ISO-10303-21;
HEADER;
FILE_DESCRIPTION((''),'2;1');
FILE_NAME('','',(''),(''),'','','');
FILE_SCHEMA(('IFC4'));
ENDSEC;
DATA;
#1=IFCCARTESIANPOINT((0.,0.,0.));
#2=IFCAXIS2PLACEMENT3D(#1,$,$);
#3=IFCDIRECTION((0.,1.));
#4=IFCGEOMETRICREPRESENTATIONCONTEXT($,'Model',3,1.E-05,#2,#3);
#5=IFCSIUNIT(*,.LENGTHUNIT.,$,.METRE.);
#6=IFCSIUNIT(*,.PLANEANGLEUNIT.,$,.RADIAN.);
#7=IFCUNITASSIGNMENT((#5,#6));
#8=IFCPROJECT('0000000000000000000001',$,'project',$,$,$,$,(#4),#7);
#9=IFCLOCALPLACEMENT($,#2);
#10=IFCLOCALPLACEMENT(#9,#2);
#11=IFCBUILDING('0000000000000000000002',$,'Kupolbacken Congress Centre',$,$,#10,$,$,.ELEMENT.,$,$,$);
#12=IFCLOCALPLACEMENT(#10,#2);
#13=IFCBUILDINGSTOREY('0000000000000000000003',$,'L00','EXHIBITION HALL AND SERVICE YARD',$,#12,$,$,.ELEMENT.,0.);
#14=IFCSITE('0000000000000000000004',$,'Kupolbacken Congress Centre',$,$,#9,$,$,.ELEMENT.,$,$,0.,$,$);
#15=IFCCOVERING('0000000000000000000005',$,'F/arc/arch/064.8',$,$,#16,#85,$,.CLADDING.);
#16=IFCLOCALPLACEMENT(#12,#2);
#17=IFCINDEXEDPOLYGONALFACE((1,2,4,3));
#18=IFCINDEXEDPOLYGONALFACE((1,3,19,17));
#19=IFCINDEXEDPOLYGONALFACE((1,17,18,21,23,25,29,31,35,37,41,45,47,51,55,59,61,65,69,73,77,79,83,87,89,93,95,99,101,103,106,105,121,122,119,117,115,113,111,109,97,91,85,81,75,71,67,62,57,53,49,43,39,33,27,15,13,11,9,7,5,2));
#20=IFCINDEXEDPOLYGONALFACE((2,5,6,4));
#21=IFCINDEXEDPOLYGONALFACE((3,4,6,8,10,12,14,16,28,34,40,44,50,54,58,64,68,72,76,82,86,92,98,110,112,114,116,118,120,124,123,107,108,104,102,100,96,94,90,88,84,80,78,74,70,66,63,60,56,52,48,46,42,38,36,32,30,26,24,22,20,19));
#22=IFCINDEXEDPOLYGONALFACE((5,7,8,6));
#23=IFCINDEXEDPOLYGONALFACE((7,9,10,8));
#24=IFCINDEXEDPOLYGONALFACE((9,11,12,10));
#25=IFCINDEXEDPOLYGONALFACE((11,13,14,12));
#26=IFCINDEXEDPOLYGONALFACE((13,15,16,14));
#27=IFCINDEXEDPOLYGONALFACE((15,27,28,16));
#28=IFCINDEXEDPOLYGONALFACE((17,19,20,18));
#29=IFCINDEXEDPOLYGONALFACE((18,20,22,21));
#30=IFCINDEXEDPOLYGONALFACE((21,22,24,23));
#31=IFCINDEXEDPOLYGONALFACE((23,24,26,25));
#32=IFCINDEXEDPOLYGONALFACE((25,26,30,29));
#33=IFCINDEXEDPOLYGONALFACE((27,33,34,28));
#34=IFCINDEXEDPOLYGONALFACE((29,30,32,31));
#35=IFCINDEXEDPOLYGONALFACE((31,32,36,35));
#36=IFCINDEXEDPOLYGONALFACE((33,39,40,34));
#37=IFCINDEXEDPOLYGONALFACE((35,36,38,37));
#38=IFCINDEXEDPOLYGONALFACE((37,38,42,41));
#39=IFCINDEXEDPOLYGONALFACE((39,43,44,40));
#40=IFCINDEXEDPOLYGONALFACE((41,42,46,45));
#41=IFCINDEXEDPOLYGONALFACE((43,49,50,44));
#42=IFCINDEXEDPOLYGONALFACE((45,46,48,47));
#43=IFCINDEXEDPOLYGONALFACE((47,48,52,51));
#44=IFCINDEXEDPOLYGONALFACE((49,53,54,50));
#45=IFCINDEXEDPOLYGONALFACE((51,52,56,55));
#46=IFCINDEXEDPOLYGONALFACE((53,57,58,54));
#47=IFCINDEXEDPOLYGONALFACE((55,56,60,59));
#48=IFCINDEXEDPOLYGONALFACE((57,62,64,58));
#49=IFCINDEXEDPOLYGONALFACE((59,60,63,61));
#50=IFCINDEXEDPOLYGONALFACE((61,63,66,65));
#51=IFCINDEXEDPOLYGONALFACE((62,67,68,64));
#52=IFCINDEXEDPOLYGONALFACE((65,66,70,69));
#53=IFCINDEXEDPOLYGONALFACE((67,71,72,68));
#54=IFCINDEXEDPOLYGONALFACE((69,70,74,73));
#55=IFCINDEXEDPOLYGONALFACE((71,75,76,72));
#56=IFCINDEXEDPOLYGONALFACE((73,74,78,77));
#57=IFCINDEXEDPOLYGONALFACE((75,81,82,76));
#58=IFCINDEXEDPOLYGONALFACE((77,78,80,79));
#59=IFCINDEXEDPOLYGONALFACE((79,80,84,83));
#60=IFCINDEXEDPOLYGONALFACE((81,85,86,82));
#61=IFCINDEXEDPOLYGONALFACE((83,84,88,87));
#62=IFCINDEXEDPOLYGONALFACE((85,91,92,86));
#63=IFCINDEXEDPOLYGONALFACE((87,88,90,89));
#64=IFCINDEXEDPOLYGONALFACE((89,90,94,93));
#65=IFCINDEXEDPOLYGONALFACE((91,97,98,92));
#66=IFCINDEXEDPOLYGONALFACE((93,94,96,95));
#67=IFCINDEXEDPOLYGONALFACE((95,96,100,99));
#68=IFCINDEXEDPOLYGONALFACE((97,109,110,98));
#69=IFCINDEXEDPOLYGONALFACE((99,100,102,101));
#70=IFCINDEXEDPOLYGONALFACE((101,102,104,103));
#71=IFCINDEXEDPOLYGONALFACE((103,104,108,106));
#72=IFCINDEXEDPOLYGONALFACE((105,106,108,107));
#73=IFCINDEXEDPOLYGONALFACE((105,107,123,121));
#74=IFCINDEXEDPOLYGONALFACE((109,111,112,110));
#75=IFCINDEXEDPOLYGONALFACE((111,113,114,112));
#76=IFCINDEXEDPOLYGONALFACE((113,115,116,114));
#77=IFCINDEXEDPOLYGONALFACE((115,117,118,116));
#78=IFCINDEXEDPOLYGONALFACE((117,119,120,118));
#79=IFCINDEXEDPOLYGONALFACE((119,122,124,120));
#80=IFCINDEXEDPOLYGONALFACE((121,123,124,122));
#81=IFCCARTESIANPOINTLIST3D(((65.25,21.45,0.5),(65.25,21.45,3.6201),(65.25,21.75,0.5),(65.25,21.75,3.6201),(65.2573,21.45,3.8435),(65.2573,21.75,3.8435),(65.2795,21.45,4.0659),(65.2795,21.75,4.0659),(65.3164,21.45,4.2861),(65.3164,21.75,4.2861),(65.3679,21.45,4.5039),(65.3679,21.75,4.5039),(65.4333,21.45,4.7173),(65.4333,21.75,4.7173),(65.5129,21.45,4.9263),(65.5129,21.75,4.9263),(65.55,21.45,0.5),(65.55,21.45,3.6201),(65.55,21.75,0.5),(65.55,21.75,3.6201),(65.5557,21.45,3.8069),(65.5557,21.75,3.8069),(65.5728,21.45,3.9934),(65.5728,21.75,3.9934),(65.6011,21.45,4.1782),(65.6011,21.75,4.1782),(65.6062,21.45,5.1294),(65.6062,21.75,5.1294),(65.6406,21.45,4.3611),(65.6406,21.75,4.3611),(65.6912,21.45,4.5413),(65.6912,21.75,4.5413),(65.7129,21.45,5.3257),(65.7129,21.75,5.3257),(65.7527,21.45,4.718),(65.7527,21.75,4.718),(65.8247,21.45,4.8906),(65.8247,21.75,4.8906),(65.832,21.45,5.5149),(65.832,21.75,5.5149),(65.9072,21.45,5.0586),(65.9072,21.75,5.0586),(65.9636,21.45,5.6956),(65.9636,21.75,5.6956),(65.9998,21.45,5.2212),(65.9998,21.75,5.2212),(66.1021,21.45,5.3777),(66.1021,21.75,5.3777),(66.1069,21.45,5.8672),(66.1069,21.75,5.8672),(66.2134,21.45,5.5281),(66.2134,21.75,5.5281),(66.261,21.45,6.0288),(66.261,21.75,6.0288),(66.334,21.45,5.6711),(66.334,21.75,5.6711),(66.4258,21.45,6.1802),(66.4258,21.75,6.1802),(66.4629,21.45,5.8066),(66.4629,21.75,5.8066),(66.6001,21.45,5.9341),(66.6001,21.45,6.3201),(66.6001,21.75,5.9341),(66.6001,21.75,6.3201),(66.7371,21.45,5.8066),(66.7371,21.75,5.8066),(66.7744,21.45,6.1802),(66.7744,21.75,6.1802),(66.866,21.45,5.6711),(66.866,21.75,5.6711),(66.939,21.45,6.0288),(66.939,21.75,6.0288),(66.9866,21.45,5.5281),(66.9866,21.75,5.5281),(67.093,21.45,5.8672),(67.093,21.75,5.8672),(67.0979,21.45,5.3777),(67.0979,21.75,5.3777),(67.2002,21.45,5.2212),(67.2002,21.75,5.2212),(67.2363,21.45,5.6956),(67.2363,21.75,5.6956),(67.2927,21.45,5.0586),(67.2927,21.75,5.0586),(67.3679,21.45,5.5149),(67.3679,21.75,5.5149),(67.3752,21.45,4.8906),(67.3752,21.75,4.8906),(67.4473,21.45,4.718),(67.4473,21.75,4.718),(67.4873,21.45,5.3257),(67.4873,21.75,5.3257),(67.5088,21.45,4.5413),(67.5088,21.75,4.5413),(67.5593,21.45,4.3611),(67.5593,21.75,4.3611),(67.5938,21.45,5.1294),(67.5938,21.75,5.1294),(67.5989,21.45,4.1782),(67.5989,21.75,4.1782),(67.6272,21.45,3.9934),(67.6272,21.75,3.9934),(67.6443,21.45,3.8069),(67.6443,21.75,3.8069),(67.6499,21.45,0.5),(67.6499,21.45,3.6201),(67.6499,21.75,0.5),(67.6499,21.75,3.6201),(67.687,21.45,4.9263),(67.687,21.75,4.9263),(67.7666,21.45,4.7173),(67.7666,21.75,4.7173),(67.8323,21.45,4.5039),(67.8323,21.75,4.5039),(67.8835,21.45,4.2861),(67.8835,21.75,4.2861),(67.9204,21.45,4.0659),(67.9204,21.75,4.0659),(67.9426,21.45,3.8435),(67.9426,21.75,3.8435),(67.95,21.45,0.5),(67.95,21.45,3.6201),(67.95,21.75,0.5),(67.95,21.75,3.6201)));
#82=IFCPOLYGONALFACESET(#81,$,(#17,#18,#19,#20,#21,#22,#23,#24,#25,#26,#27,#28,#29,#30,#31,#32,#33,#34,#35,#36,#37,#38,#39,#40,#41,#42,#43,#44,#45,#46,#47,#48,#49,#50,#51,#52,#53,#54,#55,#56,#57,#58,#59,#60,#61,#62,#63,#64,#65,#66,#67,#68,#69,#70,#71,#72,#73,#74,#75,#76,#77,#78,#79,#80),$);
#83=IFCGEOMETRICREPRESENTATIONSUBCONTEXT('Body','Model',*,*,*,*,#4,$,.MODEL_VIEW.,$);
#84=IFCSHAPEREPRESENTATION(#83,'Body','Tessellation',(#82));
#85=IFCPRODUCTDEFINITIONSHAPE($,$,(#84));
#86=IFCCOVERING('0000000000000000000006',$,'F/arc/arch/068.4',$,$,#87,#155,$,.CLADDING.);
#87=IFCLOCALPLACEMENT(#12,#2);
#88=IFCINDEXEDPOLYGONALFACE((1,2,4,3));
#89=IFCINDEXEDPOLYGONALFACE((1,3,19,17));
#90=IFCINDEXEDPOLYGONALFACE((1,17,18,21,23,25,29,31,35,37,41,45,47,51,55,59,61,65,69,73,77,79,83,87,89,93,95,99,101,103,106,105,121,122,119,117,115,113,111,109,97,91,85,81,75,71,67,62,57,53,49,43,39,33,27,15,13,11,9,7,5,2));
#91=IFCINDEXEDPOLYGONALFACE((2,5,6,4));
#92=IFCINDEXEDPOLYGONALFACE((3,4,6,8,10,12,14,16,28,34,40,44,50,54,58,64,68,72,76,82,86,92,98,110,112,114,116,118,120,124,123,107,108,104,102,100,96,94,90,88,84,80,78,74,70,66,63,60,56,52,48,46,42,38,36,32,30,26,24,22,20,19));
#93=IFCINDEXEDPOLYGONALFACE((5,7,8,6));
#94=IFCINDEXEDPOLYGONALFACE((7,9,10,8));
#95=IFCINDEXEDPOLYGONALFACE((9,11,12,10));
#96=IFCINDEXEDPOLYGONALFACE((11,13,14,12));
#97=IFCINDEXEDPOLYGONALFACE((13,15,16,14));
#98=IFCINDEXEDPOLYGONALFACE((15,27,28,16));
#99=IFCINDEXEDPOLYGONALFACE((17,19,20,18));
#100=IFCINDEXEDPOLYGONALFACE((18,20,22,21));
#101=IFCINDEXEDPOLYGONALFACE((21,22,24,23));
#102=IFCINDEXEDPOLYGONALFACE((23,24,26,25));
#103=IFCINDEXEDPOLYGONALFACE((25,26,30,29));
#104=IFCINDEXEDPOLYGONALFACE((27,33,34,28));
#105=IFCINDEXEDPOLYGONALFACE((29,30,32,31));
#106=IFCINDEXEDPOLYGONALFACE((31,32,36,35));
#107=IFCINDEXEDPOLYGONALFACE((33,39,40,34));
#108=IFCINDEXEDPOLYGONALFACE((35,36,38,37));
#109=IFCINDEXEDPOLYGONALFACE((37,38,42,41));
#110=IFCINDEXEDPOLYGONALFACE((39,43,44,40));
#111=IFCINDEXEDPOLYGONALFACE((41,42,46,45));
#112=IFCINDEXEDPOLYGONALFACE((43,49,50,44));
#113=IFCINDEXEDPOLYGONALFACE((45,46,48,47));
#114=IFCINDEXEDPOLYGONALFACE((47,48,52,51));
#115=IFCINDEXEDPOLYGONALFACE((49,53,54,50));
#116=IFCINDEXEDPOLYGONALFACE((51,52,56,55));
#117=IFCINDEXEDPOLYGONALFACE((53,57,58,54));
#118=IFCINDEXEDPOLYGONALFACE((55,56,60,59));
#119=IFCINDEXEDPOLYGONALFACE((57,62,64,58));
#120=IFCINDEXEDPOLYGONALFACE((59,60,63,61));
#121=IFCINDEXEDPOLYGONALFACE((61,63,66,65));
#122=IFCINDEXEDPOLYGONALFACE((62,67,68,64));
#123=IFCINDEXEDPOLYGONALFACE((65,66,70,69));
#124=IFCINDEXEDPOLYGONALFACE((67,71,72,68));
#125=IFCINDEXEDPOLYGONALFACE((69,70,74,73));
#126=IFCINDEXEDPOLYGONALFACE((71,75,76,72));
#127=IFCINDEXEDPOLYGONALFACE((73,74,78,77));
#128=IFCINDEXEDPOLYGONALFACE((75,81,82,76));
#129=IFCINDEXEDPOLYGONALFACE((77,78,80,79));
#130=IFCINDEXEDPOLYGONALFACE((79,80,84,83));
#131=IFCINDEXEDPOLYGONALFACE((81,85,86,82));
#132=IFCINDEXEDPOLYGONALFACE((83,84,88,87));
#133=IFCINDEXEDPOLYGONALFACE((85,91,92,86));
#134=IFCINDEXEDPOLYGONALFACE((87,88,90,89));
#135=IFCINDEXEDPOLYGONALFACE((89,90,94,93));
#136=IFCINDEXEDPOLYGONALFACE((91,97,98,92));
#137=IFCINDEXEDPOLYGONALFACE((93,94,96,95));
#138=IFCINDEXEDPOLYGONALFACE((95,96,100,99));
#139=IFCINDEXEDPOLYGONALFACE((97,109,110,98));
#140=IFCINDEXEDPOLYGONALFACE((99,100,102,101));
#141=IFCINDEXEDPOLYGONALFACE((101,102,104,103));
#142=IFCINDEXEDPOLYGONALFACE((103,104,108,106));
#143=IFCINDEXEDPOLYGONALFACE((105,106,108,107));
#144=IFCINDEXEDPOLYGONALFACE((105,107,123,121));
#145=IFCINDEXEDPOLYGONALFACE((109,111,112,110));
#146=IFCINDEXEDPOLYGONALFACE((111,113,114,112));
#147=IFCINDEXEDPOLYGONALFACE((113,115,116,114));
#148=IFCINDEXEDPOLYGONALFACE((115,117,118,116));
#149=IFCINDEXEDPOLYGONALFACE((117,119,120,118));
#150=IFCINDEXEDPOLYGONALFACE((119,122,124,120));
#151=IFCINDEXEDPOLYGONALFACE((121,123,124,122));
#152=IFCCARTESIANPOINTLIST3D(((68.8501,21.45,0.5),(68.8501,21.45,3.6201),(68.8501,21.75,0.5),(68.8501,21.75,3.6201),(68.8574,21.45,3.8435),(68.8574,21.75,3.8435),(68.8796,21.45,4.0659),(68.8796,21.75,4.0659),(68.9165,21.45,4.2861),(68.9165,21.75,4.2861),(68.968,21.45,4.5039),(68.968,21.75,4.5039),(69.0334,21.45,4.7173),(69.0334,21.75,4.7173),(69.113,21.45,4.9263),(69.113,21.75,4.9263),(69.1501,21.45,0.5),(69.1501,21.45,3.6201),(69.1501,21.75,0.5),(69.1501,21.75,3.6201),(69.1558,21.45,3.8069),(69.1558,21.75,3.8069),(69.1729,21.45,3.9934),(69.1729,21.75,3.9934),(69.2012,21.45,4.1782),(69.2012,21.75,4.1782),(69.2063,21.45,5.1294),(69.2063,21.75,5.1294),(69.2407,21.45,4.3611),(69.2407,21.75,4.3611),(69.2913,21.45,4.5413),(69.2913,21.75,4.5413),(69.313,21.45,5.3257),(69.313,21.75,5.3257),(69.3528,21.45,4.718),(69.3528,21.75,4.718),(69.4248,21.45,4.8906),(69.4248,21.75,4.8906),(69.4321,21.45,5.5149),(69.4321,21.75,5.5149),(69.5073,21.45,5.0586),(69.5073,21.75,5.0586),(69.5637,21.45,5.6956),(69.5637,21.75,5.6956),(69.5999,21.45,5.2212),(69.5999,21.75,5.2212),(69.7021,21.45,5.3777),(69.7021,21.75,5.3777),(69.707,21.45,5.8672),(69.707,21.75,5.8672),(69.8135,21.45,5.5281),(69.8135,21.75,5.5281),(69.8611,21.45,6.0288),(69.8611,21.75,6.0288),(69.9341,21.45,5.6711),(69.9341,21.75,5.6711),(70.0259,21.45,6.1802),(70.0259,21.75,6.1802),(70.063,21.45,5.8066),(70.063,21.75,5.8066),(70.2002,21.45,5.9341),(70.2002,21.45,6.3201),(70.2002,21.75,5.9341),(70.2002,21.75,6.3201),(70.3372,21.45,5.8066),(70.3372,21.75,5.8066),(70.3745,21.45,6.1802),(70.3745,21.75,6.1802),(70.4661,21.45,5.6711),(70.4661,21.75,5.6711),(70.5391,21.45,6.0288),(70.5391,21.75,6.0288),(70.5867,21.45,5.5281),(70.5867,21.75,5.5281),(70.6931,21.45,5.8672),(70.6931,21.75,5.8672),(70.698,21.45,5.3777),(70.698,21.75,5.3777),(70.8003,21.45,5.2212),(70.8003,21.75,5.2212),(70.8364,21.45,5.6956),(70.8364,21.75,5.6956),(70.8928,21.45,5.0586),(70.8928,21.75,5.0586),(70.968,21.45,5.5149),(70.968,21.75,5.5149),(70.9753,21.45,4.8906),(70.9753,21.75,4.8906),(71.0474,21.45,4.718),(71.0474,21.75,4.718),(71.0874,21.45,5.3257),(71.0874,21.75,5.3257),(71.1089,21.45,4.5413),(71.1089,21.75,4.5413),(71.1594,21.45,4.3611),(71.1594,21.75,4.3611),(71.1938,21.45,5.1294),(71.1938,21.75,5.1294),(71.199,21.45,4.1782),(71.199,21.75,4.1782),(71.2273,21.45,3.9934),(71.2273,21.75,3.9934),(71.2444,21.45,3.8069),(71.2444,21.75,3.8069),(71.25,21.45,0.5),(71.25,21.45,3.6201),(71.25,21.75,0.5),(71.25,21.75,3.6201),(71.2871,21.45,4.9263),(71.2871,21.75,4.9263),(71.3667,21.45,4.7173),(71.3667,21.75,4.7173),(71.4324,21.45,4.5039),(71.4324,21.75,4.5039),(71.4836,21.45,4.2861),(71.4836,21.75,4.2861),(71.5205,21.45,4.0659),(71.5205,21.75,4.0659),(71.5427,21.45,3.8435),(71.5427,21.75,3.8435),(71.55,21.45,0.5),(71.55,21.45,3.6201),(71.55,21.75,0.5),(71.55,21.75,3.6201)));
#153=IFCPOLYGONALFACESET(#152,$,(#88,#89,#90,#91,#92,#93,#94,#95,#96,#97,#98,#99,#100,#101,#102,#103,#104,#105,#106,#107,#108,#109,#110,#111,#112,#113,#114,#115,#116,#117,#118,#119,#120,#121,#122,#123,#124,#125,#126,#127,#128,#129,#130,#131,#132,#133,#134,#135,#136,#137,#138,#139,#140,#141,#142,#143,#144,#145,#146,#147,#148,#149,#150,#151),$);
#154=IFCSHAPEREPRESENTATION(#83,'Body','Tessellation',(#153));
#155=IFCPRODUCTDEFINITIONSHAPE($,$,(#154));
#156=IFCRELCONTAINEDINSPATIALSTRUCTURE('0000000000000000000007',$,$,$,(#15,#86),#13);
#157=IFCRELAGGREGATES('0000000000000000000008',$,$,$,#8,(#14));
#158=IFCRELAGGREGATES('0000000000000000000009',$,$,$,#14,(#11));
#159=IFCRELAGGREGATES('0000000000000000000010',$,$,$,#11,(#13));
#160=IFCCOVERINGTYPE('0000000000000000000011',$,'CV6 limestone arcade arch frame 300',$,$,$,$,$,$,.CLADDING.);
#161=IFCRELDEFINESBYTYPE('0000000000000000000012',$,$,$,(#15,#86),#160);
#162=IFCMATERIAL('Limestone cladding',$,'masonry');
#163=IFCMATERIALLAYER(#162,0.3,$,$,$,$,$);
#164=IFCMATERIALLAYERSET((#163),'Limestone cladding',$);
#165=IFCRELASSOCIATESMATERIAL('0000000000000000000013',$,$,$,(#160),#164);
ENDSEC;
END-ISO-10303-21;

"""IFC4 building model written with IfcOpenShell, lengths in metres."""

from ifc_helpers import new_model, si_unit, direction, frame, origin, place, context, subcontext, project, spatial, polyline, outline, extrude, material, layer, layer_set, type_object, element, save


model = new_model("IFC4")

# Units and contexts
model_context = context("Model", 3, precision=1e-05, world=origin(), true_north=direction((0.0, 1.0)))
body_context = subcontext(model_context, "Body", "Model", "MODEL_VIEW")
ifc_project = project(units=[si_unit("LENGTHUNIT", "METRE"), si_unit("PLANEANGLEUNIT", "RADIAN")], contexts=[model_context])

# Site, building, storey
site_placement = place(None, origin())
site = spatial("IfcSite", under=ifc_project, at=site_placement, Name="Kupolbacken Congress Centre", CompositionType="ELEMENT", RefElevation=0.0)
building_placement = place(site_placement, origin())
building = spatial("IfcBuilding", under=site, at=building_placement, Name="Kupolbacken Congress Centre", CompositionType="ELEMENT")
storey_placement = place(building_placement, origin())
storey = spatial("IfcBuildingStorey", under=building, at=storey_placement, Name="L00", Description="EXHIBITION HALL AND SERVICE YARD", CompositionType="ELEMENT", Elevation=0.0)

# Coverings
ifc_material_1 = material(Name="Limestone cladding", Category="masonry")
ifc_layer_1 = layer(ifc_material_1, 0.3)
ifc_layer_set_1 = layer_set([ifc_layer_1], Name="Limestone cladding")
covering_type_1 = type_object("IfcCoveringType", Name="CV6 limestone arcade arch frame 300", PredefinedType="CLADDING", material=ifc_layer_set_1)
covering_1_placement = place(storey_placement, frame((65.25, 21.45, 0.5), z_axis=(0.0, 1.0, 0.0), x_axis=(-1.0, 0.0, 0.0)))
element("IfcCovering", 1, at=covering_1_placement, inside=storey, type_object=covering_type_1, Name="F/arc/arch/064.8", PredefinedType="CLADDING", context=body_context, shape_type="SweptSolid", body=[
    extrude(outline(polyline([(0.0, 0.0), (0.0, 3.1201), (-0.0073, 3.3435), (-0.0295, 3.5659), (-0.0664, 3.7861), (-0.1179, 4.0039), (-0.1833, 4.2173), (-0.2629, 4.4263), (-0.3562, 4.6294), (-0.4629, 4.8257), (-0.582, 5.0149), (-0.7136, 5.1956), (-0.8569, 5.3672), (-1.011, 5.5288), (-1.1758, 5.6802), (-1.3501, 5.8201), (-1.5244, 5.6802), (-1.689, 5.5288), (-1.843, 5.3672), (-1.9863, 5.1956), (-2.1179, 5.0149), (-2.2373, 4.8257), (-2.3438, 4.6294), (-2.437, 4.4263), (-2.5166, 4.2173), (-2.5823, 4.0039), (-2.6335, 3.7861), (-2.6704, 3.5659), (-2.6926, 3.3435), (-2.7, 3.1201), (-2.7, 0.0), (-2.3999, 0.0), (-2.3999, 3.1201), (-2.3943, 3.3069), (-2.3772, 3.4934), (-2.3489, 3.6782), (-2.3093, 3.8611), (-2.2588, 4.0413), (-2.1973, 4.218), (-2.1252, 4.3906), (-2.0427, 4.5586), (-1.9502, 4.7212), (-1.8479, 4.8777), (-1.7366, 5.0281), (-1.616, 5.1711), (-1.4871, 5.3066), (-1.3501, 5.4341), (-1.2129, 5.3066), (-1.084, 5.1711), (-0.9634, 5.0281), (-0.8521, 4.8777), (-0.7498, 4.7212), (-0.6572, 4.5586), (-0.5747, 4.3906), (-0.5027, 4.218), (-0.4412, 4.0413), (-0.3906, 3.8611), (-0.3511, 3.6782), (-0.3228, 3.4934), (-0.3057, 3.3069), (-0.3, 3.1201), (-0.3, 0.0), (0.0, 0.0)])), origin(), (0.0, 0.0, 1.0), 0.3),
])
covering_2_placement = place(storey_placement, frame((68.8501, 21.45, 0.5), z_axis=(0.0, 1.0, 0.0), x_axis=(-1.0, 0.0, 0.0)))
element("IfcCovering", 2, at=covering_2_placement, inside=storey, type_object=covering_type_1, Name="F/arc/arch/068.4", PredefinedType="CLADDING", context=body_context, shape_type="SweptSolid", body=[
    extrude(outline(polyline([(0.0, 0.0), (0.0, 3.1201), (-0.0073, 3.3435), (-0.0295, 3.5659), (-0.0664, 3.7861), (-0.1179, 4.0039), (-0.1833, 4.2173), (-0.2629, 4.4263), (-0.3562, 4.6294), (-0.4629, 4.8257), (-0.582, 5.0149), (-0.7136, 5.1956), (-0.8569, 5.3672), (-1.011, 5.5288), (-1.1758, 5.6802), (-1.3501, 5.8201), (-1.5244, 5.6802), (-1.689, 5.5288), (-1.843, 5.3672), (-1.9863, 5.1956), (-2.1179, 5.0149), (-2.2373, 4.8257), (-2.3438, 4.6294), (-2.437, 4.4263), (-2.5166, 4.2173), (-2.5823, 4.0039), (-2.6335, 3.7861), (-2.6704, 3.5659), (-2.6926, 3.3435), (-2.7, 3.1201), (-2.7, 0.0), (-2.3999, 0.0), (-2.3999, 3.1201), (-2.3943, 3.3069), (-2.3772, 3.4934), (-2.3489, 3.6782), (-2.3093, 3.8611), (-2.2588, 4.0413), (-2.1973, 4.218), (-2.1252, 4.3906), (-2.0427, 4.5586), (-1.9502, 4.7212), (-1.8479, 4.8777), (-1.7366, 5.0281), (-1.616, 5.1711), (-1.4871, 5.3066), (-1.3501, 5.4341), (-1.2129, 5.3066), (-1.084, 5.1711), (-0.9634, 5.0281), (-0.8521, 4.8777), (-0.7498, 4.7212), (-0.6572, 4.5586), (-0.5747, 4.3906), (-0.5027, 4.218), (-0.4412, 4.0413), (-0.3906, 3.8611), (-0.3511, 3.6782), (-0.3228, 3.4934), (-0.3057, 3.3069), (-0.3, 3.1201), (-0.3, 0.0), (0.0, 0.0)])), origin(), (0.0, 0.0, 1.0), 0.3),
])

save(model, "model.ifc")
